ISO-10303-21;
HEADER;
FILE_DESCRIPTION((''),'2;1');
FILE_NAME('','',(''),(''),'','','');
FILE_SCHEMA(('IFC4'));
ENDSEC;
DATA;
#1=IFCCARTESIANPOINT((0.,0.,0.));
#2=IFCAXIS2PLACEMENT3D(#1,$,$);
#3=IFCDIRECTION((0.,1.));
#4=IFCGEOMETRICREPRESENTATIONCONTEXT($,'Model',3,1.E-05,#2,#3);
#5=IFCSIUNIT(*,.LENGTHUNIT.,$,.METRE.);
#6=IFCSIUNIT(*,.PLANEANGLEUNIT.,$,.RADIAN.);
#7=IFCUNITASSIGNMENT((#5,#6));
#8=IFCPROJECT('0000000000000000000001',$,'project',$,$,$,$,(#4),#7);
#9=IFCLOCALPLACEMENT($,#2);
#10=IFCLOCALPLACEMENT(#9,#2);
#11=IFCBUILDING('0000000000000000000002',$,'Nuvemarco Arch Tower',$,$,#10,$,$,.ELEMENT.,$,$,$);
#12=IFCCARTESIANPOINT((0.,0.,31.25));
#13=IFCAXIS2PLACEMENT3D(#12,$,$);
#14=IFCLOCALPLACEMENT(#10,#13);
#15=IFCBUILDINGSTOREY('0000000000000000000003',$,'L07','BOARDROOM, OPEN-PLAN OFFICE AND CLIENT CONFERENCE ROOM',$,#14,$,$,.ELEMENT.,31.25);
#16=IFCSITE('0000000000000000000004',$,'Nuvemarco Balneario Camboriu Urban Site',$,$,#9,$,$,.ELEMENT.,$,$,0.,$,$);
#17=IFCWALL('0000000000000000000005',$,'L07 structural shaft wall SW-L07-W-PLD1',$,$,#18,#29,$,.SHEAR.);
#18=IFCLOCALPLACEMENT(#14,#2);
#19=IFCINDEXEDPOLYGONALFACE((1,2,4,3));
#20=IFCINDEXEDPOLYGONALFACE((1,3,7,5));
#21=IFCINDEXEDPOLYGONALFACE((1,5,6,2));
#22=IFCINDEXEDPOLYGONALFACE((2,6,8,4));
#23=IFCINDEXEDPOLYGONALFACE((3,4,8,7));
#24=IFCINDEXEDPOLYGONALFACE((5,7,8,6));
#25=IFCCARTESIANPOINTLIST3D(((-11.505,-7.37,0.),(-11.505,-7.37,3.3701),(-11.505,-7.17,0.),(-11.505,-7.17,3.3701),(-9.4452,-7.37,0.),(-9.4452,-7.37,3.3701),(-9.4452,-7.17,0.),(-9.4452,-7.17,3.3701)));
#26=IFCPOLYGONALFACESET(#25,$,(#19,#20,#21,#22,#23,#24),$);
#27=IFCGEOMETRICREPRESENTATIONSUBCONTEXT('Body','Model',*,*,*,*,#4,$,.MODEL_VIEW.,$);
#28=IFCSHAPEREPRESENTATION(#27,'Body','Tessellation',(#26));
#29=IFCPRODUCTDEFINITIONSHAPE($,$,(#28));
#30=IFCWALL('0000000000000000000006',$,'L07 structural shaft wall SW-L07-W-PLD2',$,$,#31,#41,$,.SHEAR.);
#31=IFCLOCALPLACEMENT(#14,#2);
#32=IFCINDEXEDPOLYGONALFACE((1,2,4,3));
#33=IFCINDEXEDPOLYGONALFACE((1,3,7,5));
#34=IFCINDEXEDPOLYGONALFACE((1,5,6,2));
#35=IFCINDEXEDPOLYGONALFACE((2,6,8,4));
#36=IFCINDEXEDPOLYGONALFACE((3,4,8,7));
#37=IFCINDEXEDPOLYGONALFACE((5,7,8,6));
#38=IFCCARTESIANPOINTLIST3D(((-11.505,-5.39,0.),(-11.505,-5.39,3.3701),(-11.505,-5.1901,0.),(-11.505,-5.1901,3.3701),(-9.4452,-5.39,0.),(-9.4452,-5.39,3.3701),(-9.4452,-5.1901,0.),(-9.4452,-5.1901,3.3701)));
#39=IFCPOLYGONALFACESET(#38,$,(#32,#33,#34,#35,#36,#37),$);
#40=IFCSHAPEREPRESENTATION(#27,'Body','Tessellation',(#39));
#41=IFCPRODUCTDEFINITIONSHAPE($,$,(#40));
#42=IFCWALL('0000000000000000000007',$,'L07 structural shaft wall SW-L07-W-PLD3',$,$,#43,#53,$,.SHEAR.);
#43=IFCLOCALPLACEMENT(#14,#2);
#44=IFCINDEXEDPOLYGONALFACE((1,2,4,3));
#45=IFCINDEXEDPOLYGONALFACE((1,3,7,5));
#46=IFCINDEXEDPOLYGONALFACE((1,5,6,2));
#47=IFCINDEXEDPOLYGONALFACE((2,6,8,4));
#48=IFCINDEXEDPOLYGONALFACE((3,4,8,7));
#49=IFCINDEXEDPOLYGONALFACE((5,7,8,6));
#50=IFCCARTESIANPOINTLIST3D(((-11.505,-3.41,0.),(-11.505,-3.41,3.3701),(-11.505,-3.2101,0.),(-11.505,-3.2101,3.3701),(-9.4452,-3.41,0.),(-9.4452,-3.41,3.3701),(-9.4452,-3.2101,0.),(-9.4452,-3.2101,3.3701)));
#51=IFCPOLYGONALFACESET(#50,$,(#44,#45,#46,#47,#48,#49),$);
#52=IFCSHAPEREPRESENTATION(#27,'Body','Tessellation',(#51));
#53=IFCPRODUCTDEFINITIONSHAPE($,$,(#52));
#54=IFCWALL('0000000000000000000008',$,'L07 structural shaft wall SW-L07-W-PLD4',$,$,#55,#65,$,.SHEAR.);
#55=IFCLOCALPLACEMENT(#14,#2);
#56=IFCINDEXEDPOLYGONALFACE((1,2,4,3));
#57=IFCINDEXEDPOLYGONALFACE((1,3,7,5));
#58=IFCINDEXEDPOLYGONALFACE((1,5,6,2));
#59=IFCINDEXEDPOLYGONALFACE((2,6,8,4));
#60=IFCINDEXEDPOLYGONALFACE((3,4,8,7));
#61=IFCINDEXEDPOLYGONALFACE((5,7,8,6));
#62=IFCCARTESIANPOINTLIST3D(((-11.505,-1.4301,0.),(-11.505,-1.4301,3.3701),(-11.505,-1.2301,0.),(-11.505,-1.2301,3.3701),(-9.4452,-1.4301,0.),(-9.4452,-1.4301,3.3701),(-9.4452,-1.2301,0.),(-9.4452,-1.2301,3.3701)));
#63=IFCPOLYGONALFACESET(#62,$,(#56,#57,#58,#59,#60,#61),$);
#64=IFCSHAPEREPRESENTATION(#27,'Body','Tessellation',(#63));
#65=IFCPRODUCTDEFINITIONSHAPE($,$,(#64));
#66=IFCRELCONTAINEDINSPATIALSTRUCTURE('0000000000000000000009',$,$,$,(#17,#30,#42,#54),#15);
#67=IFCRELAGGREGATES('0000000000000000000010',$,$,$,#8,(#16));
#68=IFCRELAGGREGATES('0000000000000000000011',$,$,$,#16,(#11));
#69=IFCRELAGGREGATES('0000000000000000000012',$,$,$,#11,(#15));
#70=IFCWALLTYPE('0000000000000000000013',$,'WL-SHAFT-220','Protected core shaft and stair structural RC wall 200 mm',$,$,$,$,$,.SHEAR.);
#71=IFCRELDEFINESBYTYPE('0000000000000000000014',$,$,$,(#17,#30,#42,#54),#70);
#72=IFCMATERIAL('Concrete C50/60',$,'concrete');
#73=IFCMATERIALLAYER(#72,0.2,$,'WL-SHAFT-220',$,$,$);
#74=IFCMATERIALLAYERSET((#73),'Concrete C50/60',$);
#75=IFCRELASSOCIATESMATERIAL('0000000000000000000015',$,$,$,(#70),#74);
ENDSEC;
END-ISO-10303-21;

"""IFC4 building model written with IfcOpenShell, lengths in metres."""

from ifc_helpers import new_model, si_unit, direction, frame, frame_2d, origin, place, context, subcontext, project, spatial, rectangle, extrude, material, layer, layer_set, type_object, element, save


model = new_model("IFC4")

# Units and contexts
model_context = context("Model", 3, precision=1e-05, world=origin(), true_north=direction((0.0, 1.0)))
body_context = subcontext(model_context, "Body", "Model", "MODEL_VIEW")
ifc_project = project(units=[si_unit("LENGTHUNIT", "METRE"), si_unit("PLANEANGLEUNIT", "RADIAN")], contexts=[model_context])

# Site, building, storey
site_placement = place(None, origin())
site = spatial("IfcSite", under=ifc_project, at=site_placement, Name="Nuvemarco Balneario Camboriu Urban Site", CompositionType="ELEMENT", RefElevation=0.0)
building_placement = place(site_placement, origin())
building = spatial("IfcBuilding", under=site, at=building_placement, Name="Nuvemarco Arch Tower", CompositionType="ELEMENT")
storey_placement = place(building_placement, frame((0.0, 0.0, 31.25)))
storey = spatial("IfcBuildingStorey", under=building, at=storey_placement, Name="L07", Description="BOARDROOM, OPEN-PLAN OFFICE AND CLIENT CONFERENCE ROOM", CompositionType="ELEMENT", Elevation=31.25)

# Walls
ifc_material_1 = material(Name="Concrete C50/60", Category="concrete")
ifc_layer_1 = layer(ifc_material_1, 0.2, Name="WL-SHAFT-220")
ifc_layer_set_1 = layer_set([ifc_layer_1], Name="Concrete C50/60")
wall_type_1 = type_object("IfcWallType", Name="WL-SHAFT-220", Description="Protected core shaft and stair structural RC wall 200 mm", PredefinedType="SHEAR", material=ifc_layer_set_1)
for number, where, z_axis, x_axis, name in (
    (1, (-11.5049, -7.27, 0.0), (0.0, 0.0, 1.0), (1.0, 0.0, 0.0), "L07 structural shaft wall SW-L07-W-PLD1"),
    (2, (-11.5049, -5.29, 0.0), (0.0, 0.0, 1.0), (1.0, 0.0, 0.0), "L07 structural shaft wall SW-L07-W-PLD2"),
    (3, (-11.5049, -3.3101, 0.0), (0.0, 0.0, 1.0), (1.0, 0.0, 0.0), "L07 structural shaft wall SW-L07-W-PLD3"),
    (4, (-11.5049, -1.3301, 0.0), (0.0, 0.0, 1.0), (1.0, 0.0, 0.0), "L07 structural shaft wall SW-L07-W-PLD4"),
):
    element("IfcWall", number, at=place(storey_placement, frame(where, z_axis=z_axis, x_axis=x_axis)), inside=storey, type_object=wall_type_1, Name=name, PredefinedType="SHEAR", context=body_context, shape_type="SweptSolid", body=[
        extrude(rectangle(XDim=2.0598, YDim=0.2, at=frame_2d((1.0298, 0.0))), origin(), (0.0, 0.0, 1.0), 3.3701),
    ])

save(model, "model.ifc")
